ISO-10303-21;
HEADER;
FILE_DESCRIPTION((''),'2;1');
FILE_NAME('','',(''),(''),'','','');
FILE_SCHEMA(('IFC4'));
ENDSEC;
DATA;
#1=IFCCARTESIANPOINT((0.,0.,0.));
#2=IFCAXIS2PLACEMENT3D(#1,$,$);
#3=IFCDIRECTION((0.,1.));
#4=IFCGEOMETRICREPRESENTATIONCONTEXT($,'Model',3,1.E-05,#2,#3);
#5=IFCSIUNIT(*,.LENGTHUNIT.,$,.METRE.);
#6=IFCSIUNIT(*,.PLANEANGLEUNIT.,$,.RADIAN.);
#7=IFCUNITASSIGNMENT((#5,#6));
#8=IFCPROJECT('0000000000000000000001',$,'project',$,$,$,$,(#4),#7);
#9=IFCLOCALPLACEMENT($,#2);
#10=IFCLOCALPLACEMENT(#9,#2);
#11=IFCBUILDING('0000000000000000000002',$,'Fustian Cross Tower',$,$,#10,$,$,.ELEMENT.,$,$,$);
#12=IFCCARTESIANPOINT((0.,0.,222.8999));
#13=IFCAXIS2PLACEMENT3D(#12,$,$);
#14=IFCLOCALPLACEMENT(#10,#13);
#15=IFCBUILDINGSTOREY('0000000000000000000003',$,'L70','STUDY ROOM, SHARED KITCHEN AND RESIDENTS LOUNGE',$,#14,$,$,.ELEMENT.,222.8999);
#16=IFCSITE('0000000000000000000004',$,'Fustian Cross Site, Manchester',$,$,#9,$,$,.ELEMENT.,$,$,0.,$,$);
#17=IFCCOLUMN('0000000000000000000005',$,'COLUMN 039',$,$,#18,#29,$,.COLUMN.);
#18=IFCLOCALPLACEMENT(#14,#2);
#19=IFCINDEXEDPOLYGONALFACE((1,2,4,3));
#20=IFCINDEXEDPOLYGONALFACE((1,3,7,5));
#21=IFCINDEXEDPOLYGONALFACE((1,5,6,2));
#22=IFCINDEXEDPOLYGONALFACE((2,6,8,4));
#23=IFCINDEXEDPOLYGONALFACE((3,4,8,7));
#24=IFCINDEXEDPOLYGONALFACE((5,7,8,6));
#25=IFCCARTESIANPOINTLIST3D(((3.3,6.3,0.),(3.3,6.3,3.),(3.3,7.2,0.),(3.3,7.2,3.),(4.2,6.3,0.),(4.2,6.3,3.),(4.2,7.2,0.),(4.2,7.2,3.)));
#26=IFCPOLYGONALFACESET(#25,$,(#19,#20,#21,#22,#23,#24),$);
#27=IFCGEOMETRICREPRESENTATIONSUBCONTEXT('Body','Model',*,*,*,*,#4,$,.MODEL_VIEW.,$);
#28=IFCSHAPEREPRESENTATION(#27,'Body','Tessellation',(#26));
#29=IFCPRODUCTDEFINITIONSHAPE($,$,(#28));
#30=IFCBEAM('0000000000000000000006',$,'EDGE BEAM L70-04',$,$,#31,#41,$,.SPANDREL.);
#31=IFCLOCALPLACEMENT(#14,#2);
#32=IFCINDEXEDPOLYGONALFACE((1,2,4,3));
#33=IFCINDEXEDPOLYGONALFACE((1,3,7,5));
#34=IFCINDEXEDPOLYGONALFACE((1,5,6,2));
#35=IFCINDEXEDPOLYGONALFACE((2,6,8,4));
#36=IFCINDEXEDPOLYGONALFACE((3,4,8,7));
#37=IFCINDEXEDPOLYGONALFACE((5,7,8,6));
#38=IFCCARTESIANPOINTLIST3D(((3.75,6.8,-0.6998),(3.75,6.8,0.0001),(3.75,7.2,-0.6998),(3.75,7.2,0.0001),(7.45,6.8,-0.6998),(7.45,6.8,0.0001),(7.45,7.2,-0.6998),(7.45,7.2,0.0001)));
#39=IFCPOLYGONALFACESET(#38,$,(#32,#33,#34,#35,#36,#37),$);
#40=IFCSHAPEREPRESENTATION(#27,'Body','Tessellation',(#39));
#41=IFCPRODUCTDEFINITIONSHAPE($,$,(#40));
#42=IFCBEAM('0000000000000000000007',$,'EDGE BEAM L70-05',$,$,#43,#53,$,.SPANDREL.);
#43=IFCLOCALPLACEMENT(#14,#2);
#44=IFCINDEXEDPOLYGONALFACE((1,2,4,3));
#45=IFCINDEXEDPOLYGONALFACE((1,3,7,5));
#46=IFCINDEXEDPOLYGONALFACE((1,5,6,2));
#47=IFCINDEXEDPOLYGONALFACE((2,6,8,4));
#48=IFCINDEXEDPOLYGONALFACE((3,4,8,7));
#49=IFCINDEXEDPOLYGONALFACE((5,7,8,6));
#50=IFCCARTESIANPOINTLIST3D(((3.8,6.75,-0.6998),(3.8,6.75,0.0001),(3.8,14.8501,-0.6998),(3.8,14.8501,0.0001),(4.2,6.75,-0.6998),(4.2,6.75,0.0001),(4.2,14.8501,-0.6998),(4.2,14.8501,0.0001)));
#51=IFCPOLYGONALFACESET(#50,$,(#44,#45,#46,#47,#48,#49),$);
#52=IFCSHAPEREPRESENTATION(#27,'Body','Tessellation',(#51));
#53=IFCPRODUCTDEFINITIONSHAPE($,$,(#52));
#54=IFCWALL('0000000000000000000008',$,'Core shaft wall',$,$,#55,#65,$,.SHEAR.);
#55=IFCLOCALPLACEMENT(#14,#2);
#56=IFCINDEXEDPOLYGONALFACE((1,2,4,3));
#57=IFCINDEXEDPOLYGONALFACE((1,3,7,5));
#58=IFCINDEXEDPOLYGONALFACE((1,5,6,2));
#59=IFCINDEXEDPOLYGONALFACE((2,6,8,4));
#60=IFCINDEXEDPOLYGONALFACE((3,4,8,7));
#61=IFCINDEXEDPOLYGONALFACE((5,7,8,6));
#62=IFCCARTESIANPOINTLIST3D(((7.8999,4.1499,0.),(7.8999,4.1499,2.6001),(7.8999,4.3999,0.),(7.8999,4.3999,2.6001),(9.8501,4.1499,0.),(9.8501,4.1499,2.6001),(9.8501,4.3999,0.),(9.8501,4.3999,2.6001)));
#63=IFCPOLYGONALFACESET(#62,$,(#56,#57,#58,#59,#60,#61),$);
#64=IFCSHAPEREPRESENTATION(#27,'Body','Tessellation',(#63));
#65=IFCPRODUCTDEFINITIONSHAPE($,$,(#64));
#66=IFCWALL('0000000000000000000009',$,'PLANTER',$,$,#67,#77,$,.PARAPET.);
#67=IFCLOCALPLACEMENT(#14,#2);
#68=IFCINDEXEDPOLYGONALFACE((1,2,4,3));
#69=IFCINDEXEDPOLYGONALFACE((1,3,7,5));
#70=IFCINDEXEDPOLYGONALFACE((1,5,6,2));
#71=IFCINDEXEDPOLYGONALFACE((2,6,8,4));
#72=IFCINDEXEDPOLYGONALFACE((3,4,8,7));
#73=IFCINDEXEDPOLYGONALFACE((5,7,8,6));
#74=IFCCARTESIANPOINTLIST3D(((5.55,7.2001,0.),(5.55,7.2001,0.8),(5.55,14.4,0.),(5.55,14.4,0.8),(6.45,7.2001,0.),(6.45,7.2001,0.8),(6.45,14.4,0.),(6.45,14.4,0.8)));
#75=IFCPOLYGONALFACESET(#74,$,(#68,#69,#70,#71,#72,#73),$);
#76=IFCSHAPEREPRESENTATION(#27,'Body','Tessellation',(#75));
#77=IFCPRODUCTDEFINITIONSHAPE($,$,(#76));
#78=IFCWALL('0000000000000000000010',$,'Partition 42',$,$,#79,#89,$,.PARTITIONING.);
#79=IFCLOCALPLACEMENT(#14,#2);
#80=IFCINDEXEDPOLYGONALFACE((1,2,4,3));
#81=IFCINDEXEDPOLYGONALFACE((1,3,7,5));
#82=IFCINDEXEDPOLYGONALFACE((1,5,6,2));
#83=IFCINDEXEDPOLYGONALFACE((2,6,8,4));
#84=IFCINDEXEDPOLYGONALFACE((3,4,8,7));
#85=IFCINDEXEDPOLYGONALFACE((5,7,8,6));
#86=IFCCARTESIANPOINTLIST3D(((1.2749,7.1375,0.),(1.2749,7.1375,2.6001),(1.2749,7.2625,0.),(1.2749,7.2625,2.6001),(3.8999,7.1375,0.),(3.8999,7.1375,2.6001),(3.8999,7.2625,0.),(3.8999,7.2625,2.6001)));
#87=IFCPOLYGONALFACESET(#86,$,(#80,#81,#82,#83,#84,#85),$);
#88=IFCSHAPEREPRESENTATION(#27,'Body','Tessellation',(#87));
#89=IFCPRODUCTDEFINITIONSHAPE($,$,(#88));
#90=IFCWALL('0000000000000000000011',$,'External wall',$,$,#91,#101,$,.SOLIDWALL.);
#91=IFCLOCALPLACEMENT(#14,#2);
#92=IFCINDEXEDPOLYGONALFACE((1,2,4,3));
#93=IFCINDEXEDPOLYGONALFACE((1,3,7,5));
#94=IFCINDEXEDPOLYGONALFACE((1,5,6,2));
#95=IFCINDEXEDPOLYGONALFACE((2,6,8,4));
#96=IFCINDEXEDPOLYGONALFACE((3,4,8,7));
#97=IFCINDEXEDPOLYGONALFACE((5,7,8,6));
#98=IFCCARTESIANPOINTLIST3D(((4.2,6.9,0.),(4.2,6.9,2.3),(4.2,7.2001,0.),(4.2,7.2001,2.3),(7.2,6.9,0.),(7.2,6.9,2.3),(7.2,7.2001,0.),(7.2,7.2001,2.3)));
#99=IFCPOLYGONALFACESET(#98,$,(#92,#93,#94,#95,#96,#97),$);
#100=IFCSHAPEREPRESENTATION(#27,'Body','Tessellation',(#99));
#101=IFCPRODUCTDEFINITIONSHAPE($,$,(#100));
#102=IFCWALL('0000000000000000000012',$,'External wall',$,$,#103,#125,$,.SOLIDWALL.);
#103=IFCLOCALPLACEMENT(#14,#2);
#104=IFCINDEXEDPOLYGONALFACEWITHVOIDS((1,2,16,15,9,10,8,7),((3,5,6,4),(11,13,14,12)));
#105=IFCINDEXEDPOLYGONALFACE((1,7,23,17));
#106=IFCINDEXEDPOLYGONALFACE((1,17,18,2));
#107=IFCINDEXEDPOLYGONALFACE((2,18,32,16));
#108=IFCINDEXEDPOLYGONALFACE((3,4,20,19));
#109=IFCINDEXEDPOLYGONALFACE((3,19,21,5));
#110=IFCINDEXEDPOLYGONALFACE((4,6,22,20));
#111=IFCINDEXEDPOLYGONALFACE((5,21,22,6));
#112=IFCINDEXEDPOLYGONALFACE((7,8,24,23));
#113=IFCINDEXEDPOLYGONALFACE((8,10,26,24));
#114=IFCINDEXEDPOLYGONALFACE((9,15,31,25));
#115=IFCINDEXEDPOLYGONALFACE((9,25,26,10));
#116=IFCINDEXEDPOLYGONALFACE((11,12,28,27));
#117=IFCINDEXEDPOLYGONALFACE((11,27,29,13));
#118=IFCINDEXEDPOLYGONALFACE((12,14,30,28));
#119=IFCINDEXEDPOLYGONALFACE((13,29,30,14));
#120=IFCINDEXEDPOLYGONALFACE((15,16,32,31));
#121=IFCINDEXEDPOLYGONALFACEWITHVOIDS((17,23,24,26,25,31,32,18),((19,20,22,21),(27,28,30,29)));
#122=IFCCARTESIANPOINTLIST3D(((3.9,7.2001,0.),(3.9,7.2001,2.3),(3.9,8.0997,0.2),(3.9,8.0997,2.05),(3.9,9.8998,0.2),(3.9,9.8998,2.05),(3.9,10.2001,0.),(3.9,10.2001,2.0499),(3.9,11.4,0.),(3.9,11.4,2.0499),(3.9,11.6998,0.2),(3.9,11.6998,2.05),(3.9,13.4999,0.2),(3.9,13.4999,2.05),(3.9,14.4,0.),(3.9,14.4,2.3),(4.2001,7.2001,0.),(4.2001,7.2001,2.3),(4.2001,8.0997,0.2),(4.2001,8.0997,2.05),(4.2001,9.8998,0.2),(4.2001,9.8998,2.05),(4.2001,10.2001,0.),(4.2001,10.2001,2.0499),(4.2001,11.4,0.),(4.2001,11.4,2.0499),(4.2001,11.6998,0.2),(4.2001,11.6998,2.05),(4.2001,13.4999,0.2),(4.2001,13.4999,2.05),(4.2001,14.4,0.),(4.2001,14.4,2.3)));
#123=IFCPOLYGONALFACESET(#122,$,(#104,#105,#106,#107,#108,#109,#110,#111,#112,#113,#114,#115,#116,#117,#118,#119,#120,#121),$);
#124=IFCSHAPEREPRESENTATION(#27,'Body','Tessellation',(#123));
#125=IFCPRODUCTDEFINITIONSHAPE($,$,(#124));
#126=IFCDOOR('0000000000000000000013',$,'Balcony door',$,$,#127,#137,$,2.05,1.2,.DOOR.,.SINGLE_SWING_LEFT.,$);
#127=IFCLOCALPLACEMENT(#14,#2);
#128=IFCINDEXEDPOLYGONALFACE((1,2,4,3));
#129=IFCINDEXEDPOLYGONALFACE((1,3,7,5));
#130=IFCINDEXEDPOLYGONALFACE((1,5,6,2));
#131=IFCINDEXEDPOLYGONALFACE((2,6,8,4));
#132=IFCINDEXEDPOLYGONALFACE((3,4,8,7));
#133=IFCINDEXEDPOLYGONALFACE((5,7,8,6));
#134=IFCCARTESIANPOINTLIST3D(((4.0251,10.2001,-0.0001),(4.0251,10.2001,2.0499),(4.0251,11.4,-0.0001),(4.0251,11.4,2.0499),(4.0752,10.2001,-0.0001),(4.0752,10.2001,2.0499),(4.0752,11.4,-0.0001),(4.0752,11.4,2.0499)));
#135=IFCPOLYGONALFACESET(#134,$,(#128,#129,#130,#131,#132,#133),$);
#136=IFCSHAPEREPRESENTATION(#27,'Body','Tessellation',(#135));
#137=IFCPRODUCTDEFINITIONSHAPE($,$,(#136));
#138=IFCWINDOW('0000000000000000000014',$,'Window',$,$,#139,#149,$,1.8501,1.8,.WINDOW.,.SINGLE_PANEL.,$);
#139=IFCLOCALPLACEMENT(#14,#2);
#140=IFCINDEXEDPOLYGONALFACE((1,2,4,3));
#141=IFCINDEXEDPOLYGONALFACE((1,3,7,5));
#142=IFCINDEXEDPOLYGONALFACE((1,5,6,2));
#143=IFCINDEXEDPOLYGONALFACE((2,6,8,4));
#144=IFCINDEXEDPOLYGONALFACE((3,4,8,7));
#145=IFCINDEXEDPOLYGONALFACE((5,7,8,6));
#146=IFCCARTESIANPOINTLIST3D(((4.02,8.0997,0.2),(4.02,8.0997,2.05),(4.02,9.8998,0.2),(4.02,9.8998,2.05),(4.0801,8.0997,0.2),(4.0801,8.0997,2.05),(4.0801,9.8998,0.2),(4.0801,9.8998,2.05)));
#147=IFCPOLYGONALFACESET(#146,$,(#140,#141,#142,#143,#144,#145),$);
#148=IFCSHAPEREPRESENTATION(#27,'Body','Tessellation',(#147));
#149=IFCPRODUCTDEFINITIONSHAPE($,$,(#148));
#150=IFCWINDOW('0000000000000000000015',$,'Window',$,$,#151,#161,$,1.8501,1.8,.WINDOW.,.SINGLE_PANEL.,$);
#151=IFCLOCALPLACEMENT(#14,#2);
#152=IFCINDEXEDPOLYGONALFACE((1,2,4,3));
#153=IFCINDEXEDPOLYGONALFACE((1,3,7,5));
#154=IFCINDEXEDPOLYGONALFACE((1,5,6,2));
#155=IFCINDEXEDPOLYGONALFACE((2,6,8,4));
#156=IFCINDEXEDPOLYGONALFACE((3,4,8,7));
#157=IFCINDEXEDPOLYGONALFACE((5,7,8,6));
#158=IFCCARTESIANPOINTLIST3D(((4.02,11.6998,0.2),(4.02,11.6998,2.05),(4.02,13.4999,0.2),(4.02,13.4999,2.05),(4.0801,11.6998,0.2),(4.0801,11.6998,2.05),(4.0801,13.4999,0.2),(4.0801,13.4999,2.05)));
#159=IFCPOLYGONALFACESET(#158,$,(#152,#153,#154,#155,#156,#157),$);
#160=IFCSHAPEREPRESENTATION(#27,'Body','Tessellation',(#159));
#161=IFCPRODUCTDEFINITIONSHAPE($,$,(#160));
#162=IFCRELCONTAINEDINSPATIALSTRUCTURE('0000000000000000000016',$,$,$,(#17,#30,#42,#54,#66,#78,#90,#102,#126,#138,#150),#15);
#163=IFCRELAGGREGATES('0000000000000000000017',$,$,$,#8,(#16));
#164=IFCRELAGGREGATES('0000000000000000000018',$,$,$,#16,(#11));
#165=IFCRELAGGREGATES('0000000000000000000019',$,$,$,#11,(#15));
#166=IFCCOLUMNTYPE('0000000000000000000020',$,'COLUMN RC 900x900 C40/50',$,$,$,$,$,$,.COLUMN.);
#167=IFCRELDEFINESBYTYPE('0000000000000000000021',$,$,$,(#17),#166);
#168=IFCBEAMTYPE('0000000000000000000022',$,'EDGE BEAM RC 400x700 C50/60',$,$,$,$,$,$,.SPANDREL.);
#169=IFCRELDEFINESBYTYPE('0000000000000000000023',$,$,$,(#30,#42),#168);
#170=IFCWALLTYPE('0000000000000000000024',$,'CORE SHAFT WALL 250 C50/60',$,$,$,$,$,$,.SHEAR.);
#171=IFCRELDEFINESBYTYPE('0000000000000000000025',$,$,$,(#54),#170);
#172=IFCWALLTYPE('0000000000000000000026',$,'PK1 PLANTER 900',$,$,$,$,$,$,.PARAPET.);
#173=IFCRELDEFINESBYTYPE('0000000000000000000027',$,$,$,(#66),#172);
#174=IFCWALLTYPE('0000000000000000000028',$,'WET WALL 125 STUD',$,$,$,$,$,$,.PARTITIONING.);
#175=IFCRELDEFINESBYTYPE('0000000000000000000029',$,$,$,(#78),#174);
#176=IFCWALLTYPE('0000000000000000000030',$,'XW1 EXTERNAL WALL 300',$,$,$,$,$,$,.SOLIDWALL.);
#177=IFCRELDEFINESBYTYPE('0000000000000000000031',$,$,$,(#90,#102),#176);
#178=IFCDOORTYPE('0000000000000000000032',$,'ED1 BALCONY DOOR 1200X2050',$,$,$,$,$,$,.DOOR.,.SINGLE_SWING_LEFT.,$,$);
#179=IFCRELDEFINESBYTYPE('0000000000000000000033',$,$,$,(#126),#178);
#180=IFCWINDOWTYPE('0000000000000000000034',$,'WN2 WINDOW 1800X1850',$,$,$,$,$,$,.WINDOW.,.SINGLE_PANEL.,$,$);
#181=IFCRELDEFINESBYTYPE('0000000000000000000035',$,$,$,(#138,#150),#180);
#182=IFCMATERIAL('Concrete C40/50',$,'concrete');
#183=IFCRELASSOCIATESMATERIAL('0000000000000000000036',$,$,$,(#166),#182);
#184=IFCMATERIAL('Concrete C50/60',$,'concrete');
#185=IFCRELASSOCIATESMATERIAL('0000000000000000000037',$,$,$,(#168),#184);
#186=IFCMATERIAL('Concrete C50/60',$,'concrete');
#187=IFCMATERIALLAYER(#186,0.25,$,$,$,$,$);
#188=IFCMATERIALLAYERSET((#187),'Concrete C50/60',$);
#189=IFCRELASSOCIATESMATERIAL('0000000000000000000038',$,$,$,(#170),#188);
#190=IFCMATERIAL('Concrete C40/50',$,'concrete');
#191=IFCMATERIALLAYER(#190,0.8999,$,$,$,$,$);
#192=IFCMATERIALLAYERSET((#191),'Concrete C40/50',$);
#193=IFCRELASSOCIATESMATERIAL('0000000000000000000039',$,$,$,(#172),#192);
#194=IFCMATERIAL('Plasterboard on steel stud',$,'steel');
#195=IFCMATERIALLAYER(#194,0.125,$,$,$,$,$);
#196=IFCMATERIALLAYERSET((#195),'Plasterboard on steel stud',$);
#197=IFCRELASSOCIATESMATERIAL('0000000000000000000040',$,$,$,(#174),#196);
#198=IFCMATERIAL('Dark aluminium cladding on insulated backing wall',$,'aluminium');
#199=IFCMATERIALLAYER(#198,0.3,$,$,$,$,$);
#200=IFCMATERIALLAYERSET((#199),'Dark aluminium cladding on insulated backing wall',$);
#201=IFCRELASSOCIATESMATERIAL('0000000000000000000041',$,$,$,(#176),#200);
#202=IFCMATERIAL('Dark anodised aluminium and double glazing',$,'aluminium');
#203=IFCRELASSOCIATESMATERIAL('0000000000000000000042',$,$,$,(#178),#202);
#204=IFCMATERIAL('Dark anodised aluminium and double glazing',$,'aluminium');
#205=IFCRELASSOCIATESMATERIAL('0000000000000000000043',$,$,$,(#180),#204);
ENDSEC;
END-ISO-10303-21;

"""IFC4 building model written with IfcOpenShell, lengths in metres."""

from ifc_helpers import new_model, si_unit, direction, frame, frame_2d, origin, origin_2d, place, context, subcontext, project, spatial, rectangle, extrude, material, layer, layer_set, material_profile, profile_set, type_object, element, fill, save


model = new_model("IFC4")

# Units and contexts
model_context = context("Model", 3, precision=1e-05, world=origin(), true_north=direction((0.0, 1.0)))
body_context = subcontext(model_context, "Body", "Model", "MODEL_VIEW")
ifc_project = project(units=[si_unit("LENGTHUNIT", "METRE"), si_unit("PLANEANGLEUNIT", "RADIAN")], contexts=[model_context])

# Site, building, storey
site_placement = place(None, origin())
site = spatial("IfcSite", under=ifc_project, at=site_placement, Name="Fustian Cross Site, Manchester", CompositionType="ELEMENT", RefElevation=0.0)
building_placement = place(site_placement, origin())
building = spatial("IfcBuilding", under=site, at=building_placement, Name="Fustian Cross Tower", CompositionType="ELEMENT")
storey_placement = place(building_placement, frame((0.0, 0.0, 222.8999)))
storey = spatial("IfcBuildingStorey", under=building, at=storey_placement, Name="L70", Description="STUDY ROOM, SHARED KITCHEN AND RESIDENTS LOUNGE", CompositionType="ELEMENT", Elevation=222.8999)

# Column
ifc_material_1 = material(Name="Concrete C40/50", Category="concrete")
ifc_material_profile_1 = material_profile(ifc_material_1, rectangle(XDim=0.8999, YDim=0.8999, at=origin_2d()), Name="RC 900x900")
ifc_profile_set_1 = profile_set([ifc_material_profile_1], Name="Concrete C40/50")
column_type = type_object("IfcColumnType", Name="COLUMN RC 900x900 C40/50", PredefinedType="COLUMN", material=ifc_profile_set_1)
column_placement = place(storey_placement, frame((3.75, 6.75, 0.0), z_axis=(0.0, 0.0, 1.0), x_axis=(1.0, 0.0, 0.0)))
element("IfcColumn", 1, at=column_placement, inside=storey, type_object=column_type, Name="COLUMN 039", PredefinedType="COLUMN", context=body_context, shape_type="SweptSolid", body=[
    extrude(rectangle(XDim=0.8999, YDim=0.8999, at=origin_2d()), origin(), (0.0, 0.0, 1.0), 3.0),
])

# Beams
ifc_material_2 = material(Name="Concrete C50/60", Category="concrete")
ifc_material_profile_2 = material_profile(ifc_material_2, rectangle(XDim=0.3999, YDim=0.7, at=origin_2d()), Name="RC 400x700")
ifc_profile_set_2 = profile_set([ifc_material_profile_2], Name="Concrete C50/60")
beam_type = type_object("IfcBeamType", Name="EDGE BEAM RC 400x700 C50/60", PredefinedType="SPANDREL", material=ifc_profile_set_2)
beam_1_placement = place(storey_placement, frame((7.45, 7.0, -0.3499), z_axis=(-1.0, 0.0, 0.0), x_axis=(0.0, -1.0, 0.0)))
element("IfcBeam", 2, at=beam_1_placement, inside=storey, type_object=beam_type, Name="EDGE BEAM L70-04", PredefinedType="SPANDREL", context=body_context, shape_type="SweptSolid", body=[
    extrude(rectangle(XDim=0.3999, YDim=0.7, at=origin_2d()), origin(), (0.0, 0.0, 1.0), 3.7),
])
beam_2_placement = place(storey_placement, frame((4.0, 6.75, -0.3499), z_axis=(0.0, 1.0, 0.0), x_axis=(-1.0, 0.0, 0.0)))
element("IfcBeam", 3, at=beam_2_placement, inside=storey, type_object=beam_type, Name="EDGE BEAM L70-05", PredefinedType="SPANDREL", context=body_context, shape_type="SweptSolid", body=[
    extrude(rectangle(XDim=0.3999, YDim=0.7, at=origin_2d()), origin(), (0.0, 0.0, 1.0), 8.1001),
])

# Walls
ifc_material_3 = material(Name="Concrete C50/60", Category="concrete")
ifc_layer_1 = layer(ifc_material_3, 0.25)
ifc_layer_set_1 = layer_set([ifc_layer_1], Name="Concrete C50/60")
wall_type_1 = type_object("IfcWallType", Name="CORE SHAFT WALL 250 C50/60", PredefinedType="SHEAR", material=ifc_layer_set_1)
wall_1_placement = place(storey_placement, frame((7.8999, 4.2749, 0.0), z_axis=(0.0, 0.0, 1.0), x_axis=(1.0, 0.0, 0.0)))
element("IfcWall", 4, at=wall_1_placement, inside=storey, type_object=wall_type_1, Name="Core shaft wall", PredefinedType="SHEAR", context=body_context, shape_type="SweptSolid", body=[
    extrude(rectangle(XDim=1.9502, YDim=0.25, at=frame_2d((0.9751, 0.0))), origin(), (0.0, 0.0, 1.0), 2.6001),
])
ifc_material_4 = material(Name="Concrete C40/50", Category="concrete")
ifc_layer_2 = layer(ifc_material_4, 0.8999)
ifc_layer_set_2 = layer_set([ifc_layer_2], Name="Concrete C40/50")
wall_type_2 = type_object("IfcWallType", Name="PK1 PLANTER 900", PredefinedType="PARAPET", material=ifc_layer_set_2)
wall_2_placement = place(storey_placement, frame((6.0, 7.2, 0.0), z_axis=(0.0, 0.0, 1.0), x_axis=(0.0, 1.0, 0.0)))
element("IfcWall", 5, at=wall_2_placement, inside=storey, type_object=wall_type_2, Name="PLANTER", PredefinedType="PARAPET", context=body_context, shape_type="SweptSolid", body=[
    extrude(rectangle(XDim=7.2, YDim=0.8999, at=frame_2d((3.6001, 0.0))), origin(), (0.0, 0.0, 1.0), 0.8),
])
ifc_material_5 = material(Name="Plasterboard on steel stud", Category="steel")
ifc_layer_3 = layer(ifc_material_5, 0.125)
ifc_layer_set_3 = layer_set([ifc_layer_3], Name="Plasterboard on steel stud")
wall_type_3 = type_object("IfcWallType", Name="WET WALL 125 STUD", PredefinedType="PARTITIONING", material=ifc_layer_set_3)
wall_3_placement = place(storey_placement, frame((1.2749, 7.2, 0.0), z_axis=(0.0, 0.0, 1.0), x_axis=(1.0, 0.0, 0.0)))
element("IfcWall", 6, at=wall_3_placement, inside=storey, type_object=wall_type_3, Name="Partition 42", PredefinedType="PARTITIONING", context=body_context, shape_type="SweptSolid", body=[
    extrude(rectangle(XDim=2.625, YDim=0.125, at=frame_2d((1.3125, 0.0))), origin(), (0.0, 0.0, 1.0), 2.6001),
])
ifc_material_6 = material(Name="Dark aluminium cladding on insulated backing wall", Category="aluminium")
ifc_layer_4 = layer(ifc_material_6, 0.3)
ifc_layer_set_4 = layer_set([ifc_layer_4], Name="Dark aluminium cladding on insulated backing wall")
wall_type_4 = type_object("IfcWallType", Name="XW1 EXTERNAL WALL 300", PredefinedType="SOLIDWALL", material=ifc_layer_set_4)
wall_4_placement = place(storey_placement, frame((7.2, 7.05, 0.0), z_axis=(0.0, 0.0, 1.0), x_axis=(-1.0, 0.0, 0.0)))
element("IfcWall", 7, at=wall_4_placement, inside=storey, type_object=wall_type_4, Name="External wall", PredefinedType="SOLIDWALL", context=body_context, shape_type="SweptSolid", body=[
    extrude(rectangle(XDim=3.0, YDim=0.3, at=frame_2d((1.5, 0.0))), origin(), (0.0, 0.0, 1.0), 2.3),
])

# Wall, openings, door, windows
wall_5_placement = place(storey_placement, frame((4.05, 7.2, 0.0), z_axis=(0.0, 0.0, 1.0), x_axis=(0.0, 1.0, 0.0)))
wall_5 = element("IfcWall", 8, at=wall_5_placement, inside=storey, type_object=wall_type_4, Name="External wall", PredefinedType="SOLIDWALL", context=body_context, shape_type="SweptSolid", body=[
    extrude(rectangle(XDim=7.2, YDim=0.3, at=frame_2d((3.6001, 0.0))), origin(), (0.0, 0.0, 1.0), 2.3),
])
opening_1_placement = place(wall_5_placement, frame((3.0, 0.0, 0.0)))
opening_1 = element("IfcOpeningElement", 9, at=opening_1_placement, cuts=wall_5, PredefinedType="OPENING", context=body_context, shape_type="SweptSolid", body=[
    extrude(rectangle(XDim=1.2, YDim=2.05, at=frame_2d((0.6001, 1.0249))), frame((0.0, 0.1599, 0.0), z_axis=(0.0, -1.0, 0.0), x_axis=(1.0, 0.0, 0.0)), (0.0, 0.0, 1.0), 0.3201),
])
opening_2_placement = place(wall_5_placement, frame((0.8999, 0.0, 0.2)))
opening_2 = element("IfcOpeningElement", 10, at=opening_2_placement, cuts=wall_5, PredefinedType="OPENING", context=body_context, shape_type="SweptSolid", body=[
    extrude(rectangle(XDim=1.8, YDim=1.8501, at=frame_2d((0.8999, 0.925))), frame((0.0, 0.1599, 0.0), z_axis=(0.0, -1.0, 0.0), x_axis=(1.0, 0.0, 0.0)), (0.0, 0.0, 1.0), 0.3201),
])
opening_3_placement = place(wall_5_placement, frame((4.5, 0.0, 0.2)))
opening_3 = element("IfcOpeningElement", 11, at=opening_3_placement, cuts=wall_5, PredefinedType="OPENING", context=body_context, shape_type="SweptSolid", body=[
    extrude(rectangle(XDim=1.8, YDim=1.8501, at=frame_2d((0.8999, 0.925))), frame((0.0, 0.1599, 0.0), z_axis=(0.0, -1.0, 0.0), x_axis=(1.0, 0.0, 0.0)), (0.0, 0.0, 1.0), 0.3201),
])
ifc_material_7 = material(Name="Dark anodised aluminium and double glazing", Category="aluminium")
door_type = type_object("IfcDoorType", Name="ED1 BALCONY DOOR 1200X2050", OperationType="SINGLE_SWING_LEFT", PredefinedType="DOOR", material=ifc_material_7)
door_placement = place(opening_1_placement, origin())
door = element("IfcDoor", 12, at=door_placement, inside=storey, type_object=door_type, Name="Balcony door", OperationType="SINGLE_SWING_LEFT", OverallHeight=2.05, OverallWidth=1.2, PredefinedType="DOOR", context=body_context, shape_type="SweptSolid", body=[
    extrude(rectangle(XDim=1.2, YDim=2.05, at=frame_2d((0.6001, 1.0249))), frame((0.0, 0.0249, 0.0), z_axis=(0.0, -1.0, 0.0), x_axis=(1.0, 0.0, 0.0)), (0.0, 0.0, 1.0), 0.05),
])
fill(opening_1, door)
ifc_material_8 = material(Name="Dark anodised aluminium and double glazing", Category="aluminium")
window_type = type_object("IfcWindowType", Name="WN2 WINDOW 1800X1850", PartitioningType="SINGLE_PANEL", PredefinedType="WINDOW", material=ifc_material_8)
window_1_placement = place(opening_2_placement, origin())
window_1 = element("IfcWindow", 13, at=window_1_placement, inside=storey, type_object=window_type, Name="Window", OverallHeight=1.8501, OverallWidth=1.8, PartitioningType="SINGLE_PANEL", PredefinedType="WINDOW", context=body_context, shape_type="SweptSolid", body=[
    extrude(rectangle(XDim=1.8, YDim=1.8501, at=frame_2d((0.8999, 0.925))), frame((0.0, 0.03, 0.0), z_axis=(0.0, -1.0, 0.0), x_axis=(1.0, 0.0, 0.0)), (0.0, 0.0, 1.0), 0.0601),
])
fill(opening_2, window_1)
window_2_placement = place(opening_3_placement, origin())
window_2 = element("IfcWindow", 14, at=window_2_placement, inside=storey, type_object=window_type, Name="Window", OverallHeight=1.8501, OverallWidth=1.8, PartitioningType="SINGLE_PANEL", PredefinedType="WINDOW", context=body_context, shape_type="SweptSolid", body=[
    extrude(rectangle(XDim=1.8, YDim=1.8501, at=frame_2d((0.8999, 0.925))), frame((0.0, 0.03, 0.0), z_axis=(0.0, -1.0, 0.0), x_axis=(1.0, 0.0, 0.0)), (0.0, 0.0, 1.0), 0.0601),
])
fill(opening_3, window_2)

save(model, "model.ifc")
